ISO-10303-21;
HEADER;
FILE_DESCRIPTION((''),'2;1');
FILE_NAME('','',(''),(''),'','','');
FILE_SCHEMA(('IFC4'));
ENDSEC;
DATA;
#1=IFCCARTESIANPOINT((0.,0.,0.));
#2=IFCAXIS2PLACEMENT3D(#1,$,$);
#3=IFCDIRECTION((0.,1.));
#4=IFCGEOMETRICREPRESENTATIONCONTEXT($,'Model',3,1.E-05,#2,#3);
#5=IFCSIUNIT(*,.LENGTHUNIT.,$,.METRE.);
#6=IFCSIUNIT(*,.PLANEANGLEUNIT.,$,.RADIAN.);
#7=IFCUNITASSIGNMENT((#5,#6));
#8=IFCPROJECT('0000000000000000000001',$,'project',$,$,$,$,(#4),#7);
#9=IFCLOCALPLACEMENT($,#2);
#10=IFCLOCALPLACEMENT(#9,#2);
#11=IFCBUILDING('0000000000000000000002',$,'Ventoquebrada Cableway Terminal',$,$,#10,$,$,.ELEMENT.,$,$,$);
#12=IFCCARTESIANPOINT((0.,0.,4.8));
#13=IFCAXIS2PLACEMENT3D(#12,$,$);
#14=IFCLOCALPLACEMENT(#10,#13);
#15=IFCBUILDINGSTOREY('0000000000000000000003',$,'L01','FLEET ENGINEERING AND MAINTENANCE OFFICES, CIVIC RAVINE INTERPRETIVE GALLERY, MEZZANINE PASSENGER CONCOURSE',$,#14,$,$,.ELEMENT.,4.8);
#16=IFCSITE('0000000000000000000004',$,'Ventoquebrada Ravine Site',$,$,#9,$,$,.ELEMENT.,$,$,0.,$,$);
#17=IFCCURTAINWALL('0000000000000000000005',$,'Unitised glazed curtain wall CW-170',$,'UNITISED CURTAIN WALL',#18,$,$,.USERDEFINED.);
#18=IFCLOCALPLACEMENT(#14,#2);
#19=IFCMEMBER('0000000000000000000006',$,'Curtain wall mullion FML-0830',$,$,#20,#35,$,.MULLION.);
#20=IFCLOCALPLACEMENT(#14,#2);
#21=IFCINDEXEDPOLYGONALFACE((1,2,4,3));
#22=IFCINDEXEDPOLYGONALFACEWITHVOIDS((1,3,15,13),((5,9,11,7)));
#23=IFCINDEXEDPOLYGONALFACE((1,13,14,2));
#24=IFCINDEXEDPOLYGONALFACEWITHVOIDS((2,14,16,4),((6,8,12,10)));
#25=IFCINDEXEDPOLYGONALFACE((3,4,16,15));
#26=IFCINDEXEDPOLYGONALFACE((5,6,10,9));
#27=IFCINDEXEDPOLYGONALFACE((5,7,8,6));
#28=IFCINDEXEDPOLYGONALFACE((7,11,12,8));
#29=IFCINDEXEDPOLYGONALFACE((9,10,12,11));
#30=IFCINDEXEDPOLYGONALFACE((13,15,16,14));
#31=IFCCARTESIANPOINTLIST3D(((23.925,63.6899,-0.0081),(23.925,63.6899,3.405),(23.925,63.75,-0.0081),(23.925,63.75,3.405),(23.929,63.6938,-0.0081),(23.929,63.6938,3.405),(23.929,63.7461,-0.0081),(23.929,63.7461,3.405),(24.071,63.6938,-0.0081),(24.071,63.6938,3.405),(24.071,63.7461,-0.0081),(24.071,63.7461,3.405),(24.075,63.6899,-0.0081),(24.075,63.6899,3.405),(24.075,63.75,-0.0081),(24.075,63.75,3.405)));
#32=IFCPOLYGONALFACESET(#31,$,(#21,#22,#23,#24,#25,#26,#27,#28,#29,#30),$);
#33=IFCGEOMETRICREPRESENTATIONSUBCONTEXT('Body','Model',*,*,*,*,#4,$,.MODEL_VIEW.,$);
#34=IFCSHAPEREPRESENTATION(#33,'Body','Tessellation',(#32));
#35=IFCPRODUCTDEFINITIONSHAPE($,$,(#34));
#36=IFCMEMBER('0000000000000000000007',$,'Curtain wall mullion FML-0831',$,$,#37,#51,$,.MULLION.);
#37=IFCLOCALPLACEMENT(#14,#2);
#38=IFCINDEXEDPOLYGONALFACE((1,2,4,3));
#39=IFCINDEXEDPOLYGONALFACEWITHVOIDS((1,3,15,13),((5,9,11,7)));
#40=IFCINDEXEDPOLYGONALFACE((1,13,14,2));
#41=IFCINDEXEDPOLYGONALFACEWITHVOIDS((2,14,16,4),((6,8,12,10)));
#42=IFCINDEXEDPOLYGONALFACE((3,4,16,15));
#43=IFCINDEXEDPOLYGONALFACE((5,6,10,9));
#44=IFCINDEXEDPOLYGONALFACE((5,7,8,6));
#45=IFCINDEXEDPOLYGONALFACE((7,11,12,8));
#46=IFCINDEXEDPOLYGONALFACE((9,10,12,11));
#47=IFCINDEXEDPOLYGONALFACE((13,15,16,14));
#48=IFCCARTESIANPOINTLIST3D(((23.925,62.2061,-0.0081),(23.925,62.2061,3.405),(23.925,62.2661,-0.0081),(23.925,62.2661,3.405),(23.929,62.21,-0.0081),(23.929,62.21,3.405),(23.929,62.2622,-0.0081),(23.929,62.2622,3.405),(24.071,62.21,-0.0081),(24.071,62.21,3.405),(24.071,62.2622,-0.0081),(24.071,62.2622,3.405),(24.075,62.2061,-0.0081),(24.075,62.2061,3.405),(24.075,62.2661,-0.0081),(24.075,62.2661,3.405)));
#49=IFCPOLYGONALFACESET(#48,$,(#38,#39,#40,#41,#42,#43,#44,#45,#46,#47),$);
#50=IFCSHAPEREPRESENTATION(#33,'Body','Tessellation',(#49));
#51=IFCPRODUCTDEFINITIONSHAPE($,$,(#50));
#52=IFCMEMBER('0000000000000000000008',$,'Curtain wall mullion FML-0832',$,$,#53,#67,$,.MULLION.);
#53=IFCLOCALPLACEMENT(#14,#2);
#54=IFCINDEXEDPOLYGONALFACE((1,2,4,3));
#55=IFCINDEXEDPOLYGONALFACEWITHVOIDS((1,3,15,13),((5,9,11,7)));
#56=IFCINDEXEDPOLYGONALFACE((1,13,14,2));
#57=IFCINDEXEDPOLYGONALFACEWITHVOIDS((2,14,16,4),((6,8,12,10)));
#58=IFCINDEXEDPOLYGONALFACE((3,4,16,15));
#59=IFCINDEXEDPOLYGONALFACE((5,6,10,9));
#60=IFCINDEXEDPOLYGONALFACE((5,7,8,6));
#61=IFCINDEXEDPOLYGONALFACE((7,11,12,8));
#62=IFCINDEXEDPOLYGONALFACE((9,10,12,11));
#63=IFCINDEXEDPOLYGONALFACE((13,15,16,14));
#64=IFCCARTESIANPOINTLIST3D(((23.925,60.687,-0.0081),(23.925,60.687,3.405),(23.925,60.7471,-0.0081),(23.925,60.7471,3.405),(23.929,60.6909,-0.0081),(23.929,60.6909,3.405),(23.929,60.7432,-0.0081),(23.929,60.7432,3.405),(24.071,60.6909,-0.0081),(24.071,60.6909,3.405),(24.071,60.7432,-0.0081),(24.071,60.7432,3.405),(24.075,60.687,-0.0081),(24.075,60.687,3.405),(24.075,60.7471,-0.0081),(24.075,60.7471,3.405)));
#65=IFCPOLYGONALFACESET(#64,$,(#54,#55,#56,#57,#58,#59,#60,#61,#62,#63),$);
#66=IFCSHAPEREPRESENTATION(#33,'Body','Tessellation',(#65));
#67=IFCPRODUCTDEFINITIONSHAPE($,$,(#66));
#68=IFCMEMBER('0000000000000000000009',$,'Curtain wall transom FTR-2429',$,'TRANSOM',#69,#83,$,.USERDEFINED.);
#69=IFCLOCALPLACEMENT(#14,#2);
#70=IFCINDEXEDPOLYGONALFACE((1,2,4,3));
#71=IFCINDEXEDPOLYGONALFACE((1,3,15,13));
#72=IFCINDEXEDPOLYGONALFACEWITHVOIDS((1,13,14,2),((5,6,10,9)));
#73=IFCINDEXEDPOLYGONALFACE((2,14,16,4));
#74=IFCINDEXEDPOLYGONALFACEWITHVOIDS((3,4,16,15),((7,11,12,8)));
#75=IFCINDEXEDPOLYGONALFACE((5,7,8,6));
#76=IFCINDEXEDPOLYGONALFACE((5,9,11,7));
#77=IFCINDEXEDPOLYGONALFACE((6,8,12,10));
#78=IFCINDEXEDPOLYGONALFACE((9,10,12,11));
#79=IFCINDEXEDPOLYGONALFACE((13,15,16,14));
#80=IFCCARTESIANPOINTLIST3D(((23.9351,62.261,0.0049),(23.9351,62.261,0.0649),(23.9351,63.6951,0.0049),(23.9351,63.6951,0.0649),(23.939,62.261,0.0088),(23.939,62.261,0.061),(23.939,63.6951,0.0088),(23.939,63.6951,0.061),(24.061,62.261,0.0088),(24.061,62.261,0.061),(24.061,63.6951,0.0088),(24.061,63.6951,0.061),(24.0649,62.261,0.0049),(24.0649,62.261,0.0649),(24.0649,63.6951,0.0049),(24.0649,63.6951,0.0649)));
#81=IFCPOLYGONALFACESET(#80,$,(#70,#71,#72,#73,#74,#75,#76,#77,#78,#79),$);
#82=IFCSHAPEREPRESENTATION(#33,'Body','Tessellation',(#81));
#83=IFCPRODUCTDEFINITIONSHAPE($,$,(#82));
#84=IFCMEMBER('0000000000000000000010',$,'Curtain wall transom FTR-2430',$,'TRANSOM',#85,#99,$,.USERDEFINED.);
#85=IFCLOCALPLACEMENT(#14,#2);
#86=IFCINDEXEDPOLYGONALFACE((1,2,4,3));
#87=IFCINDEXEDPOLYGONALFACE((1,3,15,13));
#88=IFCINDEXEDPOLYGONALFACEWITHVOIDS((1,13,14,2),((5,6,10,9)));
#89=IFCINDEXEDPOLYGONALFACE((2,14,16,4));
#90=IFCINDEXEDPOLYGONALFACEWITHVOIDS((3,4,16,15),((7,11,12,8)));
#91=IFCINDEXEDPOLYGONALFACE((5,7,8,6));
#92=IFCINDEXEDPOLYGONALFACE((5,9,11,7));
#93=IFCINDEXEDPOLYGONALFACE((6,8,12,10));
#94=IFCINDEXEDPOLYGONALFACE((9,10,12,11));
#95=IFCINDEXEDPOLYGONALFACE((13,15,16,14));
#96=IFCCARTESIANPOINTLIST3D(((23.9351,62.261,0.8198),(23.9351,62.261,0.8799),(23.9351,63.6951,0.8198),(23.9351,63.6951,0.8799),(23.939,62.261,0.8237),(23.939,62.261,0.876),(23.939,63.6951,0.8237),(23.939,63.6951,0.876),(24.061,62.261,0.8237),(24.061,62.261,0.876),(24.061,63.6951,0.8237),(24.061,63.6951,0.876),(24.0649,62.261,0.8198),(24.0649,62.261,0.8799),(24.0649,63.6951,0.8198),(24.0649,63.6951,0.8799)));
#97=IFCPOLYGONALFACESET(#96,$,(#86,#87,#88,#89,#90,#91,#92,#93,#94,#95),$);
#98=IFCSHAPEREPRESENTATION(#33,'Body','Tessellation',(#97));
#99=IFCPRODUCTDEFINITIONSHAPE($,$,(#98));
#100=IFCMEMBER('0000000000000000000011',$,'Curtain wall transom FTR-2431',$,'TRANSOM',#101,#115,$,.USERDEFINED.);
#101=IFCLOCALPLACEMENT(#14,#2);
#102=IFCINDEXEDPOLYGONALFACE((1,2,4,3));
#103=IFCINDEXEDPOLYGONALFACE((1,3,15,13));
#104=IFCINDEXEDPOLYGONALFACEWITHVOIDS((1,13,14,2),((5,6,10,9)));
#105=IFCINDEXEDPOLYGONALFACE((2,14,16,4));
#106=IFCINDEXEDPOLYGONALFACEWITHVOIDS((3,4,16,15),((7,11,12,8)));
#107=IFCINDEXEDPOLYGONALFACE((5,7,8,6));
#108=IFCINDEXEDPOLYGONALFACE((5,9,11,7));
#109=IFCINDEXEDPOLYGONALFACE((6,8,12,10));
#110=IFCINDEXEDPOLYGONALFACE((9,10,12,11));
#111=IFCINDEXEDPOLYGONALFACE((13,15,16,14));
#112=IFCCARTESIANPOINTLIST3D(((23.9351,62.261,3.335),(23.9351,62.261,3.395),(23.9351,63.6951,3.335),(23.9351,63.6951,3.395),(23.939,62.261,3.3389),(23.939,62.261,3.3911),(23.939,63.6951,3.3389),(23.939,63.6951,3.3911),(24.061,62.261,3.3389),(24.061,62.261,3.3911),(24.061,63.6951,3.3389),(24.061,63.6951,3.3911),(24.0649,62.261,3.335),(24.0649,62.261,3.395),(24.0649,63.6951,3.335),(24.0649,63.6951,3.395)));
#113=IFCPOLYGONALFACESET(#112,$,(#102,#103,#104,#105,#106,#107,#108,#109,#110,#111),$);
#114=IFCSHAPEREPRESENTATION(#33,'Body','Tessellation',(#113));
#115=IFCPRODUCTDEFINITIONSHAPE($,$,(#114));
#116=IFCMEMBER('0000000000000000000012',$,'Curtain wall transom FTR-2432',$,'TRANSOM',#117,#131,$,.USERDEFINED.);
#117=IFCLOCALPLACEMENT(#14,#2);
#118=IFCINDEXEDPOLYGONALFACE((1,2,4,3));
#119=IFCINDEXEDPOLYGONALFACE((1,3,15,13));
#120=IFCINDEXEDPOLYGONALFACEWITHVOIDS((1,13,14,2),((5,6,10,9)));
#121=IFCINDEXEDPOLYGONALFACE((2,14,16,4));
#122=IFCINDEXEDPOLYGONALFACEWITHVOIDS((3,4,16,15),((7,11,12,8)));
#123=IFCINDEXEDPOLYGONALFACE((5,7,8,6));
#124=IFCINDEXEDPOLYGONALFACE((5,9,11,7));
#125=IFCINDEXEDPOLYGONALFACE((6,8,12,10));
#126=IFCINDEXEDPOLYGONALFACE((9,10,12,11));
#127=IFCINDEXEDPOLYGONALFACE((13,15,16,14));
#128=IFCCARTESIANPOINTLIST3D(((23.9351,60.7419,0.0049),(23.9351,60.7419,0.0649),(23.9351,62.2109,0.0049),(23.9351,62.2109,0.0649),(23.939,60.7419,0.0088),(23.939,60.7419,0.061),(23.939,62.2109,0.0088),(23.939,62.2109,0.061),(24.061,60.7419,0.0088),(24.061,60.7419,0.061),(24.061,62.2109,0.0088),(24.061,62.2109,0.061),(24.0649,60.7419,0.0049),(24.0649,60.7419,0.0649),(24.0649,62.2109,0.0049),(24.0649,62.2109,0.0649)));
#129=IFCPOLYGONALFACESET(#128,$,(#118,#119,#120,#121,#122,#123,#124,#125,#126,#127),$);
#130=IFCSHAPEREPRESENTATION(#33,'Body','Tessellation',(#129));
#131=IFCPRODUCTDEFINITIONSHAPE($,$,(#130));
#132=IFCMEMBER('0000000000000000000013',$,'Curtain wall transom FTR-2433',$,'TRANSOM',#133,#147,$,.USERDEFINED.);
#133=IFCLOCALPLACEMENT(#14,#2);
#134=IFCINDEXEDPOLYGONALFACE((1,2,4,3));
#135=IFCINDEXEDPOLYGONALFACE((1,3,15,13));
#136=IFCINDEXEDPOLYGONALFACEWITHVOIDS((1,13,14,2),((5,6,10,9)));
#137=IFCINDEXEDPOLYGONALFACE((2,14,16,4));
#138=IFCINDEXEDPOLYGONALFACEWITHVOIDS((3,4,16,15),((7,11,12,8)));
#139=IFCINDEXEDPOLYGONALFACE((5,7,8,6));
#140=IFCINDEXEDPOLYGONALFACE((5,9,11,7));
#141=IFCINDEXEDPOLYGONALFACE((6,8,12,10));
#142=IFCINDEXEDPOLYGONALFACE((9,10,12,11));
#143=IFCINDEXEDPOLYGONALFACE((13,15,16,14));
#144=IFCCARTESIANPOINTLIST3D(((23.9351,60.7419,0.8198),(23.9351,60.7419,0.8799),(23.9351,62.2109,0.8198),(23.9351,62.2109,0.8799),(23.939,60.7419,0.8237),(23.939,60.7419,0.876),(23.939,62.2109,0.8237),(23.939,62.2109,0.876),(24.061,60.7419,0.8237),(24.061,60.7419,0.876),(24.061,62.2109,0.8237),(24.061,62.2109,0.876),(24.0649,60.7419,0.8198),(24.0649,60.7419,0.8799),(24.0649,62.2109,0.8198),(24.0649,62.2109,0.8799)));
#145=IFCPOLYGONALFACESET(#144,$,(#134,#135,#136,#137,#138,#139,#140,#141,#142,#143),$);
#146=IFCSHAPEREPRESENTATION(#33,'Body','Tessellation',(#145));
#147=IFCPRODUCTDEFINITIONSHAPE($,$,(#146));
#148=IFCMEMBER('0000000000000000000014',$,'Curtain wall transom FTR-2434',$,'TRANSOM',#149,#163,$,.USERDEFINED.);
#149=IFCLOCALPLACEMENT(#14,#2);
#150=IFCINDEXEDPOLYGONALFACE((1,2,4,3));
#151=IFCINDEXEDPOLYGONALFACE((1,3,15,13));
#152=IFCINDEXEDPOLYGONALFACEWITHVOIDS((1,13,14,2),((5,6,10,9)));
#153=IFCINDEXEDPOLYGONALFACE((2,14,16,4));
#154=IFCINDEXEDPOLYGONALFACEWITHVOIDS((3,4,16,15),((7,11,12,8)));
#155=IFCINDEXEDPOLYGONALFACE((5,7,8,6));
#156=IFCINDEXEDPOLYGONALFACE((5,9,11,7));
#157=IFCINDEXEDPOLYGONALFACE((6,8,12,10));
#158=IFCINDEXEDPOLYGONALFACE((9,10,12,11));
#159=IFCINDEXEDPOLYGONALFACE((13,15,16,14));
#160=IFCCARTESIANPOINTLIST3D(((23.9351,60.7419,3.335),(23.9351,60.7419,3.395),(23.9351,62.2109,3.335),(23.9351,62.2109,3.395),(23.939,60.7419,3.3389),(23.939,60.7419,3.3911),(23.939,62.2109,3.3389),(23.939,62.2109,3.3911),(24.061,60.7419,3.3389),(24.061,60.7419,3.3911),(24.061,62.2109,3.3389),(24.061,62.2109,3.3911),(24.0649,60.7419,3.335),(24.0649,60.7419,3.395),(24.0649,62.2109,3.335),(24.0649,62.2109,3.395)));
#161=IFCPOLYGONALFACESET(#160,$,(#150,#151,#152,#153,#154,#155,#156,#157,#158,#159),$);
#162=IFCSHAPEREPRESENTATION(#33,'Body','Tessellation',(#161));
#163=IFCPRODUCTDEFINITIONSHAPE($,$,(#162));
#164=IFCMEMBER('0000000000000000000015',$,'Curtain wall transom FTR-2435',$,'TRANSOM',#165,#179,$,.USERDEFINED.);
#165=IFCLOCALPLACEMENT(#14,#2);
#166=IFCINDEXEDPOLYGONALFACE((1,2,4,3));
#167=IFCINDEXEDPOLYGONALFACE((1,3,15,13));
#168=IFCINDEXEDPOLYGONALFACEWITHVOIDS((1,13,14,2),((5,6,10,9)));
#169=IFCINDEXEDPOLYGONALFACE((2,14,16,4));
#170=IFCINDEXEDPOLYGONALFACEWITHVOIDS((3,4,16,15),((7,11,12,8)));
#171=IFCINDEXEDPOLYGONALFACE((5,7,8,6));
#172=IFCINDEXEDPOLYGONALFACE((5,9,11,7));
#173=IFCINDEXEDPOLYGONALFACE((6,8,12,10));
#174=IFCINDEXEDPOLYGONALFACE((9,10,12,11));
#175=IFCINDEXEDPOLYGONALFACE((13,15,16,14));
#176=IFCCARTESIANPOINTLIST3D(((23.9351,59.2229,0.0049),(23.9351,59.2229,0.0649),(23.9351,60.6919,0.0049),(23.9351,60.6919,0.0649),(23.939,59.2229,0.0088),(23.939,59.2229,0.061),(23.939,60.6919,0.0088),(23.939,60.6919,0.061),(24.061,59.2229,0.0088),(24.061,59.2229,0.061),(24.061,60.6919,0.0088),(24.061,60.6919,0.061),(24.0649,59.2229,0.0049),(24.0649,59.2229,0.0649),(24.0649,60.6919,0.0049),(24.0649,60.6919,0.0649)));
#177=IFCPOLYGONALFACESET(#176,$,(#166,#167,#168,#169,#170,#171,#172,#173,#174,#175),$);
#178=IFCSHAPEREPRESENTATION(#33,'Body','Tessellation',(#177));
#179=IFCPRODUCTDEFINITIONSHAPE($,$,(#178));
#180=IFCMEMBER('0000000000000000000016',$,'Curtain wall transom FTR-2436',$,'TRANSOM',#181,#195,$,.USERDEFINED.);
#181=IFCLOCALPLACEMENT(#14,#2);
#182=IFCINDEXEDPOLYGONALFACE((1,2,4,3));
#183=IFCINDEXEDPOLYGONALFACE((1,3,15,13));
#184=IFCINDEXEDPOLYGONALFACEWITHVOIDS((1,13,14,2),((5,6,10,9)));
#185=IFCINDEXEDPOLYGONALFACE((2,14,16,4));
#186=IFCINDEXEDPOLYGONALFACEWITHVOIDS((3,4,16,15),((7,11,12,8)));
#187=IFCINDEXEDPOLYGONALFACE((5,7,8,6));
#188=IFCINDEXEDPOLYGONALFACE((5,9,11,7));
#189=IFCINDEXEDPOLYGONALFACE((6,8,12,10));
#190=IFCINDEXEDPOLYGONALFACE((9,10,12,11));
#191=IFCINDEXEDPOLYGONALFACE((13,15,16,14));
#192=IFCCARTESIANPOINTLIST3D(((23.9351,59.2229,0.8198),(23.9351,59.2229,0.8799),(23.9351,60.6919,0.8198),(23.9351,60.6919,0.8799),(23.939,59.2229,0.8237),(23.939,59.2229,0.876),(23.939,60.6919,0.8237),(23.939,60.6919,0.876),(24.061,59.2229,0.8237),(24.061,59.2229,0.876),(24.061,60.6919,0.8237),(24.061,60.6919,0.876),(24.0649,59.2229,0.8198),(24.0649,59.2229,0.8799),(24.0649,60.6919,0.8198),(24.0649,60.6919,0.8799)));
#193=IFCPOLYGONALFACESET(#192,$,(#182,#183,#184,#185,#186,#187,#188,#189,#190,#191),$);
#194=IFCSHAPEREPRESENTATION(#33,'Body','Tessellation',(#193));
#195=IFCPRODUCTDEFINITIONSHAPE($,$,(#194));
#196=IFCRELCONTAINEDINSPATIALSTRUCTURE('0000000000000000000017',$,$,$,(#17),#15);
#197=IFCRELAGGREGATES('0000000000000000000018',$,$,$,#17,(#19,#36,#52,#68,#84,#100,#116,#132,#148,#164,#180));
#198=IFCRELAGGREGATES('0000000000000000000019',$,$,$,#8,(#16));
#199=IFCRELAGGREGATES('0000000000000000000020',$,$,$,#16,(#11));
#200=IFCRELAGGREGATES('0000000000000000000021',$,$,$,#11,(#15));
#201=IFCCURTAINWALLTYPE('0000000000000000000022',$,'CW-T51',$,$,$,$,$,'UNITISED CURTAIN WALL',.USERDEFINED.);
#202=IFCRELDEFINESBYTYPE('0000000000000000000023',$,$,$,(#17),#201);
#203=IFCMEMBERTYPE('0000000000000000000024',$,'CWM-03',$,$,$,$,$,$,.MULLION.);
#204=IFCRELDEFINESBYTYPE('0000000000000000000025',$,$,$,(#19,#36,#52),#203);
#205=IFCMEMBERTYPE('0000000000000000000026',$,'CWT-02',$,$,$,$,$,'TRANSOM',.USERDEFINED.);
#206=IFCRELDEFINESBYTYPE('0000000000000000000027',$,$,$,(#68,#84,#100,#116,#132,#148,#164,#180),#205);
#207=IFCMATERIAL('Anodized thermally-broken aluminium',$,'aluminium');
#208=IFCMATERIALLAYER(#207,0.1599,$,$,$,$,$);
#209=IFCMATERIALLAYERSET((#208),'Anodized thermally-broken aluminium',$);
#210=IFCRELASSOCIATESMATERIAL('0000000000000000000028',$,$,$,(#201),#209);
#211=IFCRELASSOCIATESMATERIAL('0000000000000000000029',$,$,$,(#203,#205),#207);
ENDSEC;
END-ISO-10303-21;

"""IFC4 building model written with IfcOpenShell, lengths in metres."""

from ifc_helpers import new_model, si_unit, direction, frame, origin, origin_2d, place, context, subcontext, project, spatial, hollow_rectangle, extrude, material, layer, layer_set, material_profile, profile_set, type_object, element, aggregate, save


model = new_model("IFC4")

# Units and contexts
model_context = context("Model", 3, precision=1e-05, world=origin(), true_north=direction((0.0, 1.0)))
body_context = subcontext(model_context, "Body", "Model", "MODEL_VIEW")
ifc_project = project(units=[si_unit("LENGTHUNIT", "METRE"), si_unit("PLANEANGLEUNIT", "RADIAN")], contexts=[model_context])

# Site, building, storey
site_placement = place(None, origin())
site = spatial("IfcSite", under=ifc_project, at=site_placement, Name="Ventoquebrada Ravine Site", CompositionType="ELEMENT", RefElevation=0.0)
building_placement = place(site_placement, origin())
building = spatial("IfcBuilding", under=site, at=building_placement, Name="Ventoquebrada Cableway Terminal", CompositionType="ELEMENT")
storey_placement = place(building_placement, frame((0.0, 0.0, 4.8)))
storey = spatial("IfcBuildingStorey", under=building, at=storey_placement, Name="L01", Description="FLEET ENGINEERING AND MAINTENANCE OFFICES, CIVIC RAVINE INTERPRETIVE GALLERY, MEZZANINE PASSENGER CONCOURSE", CompositionType="ELEMENT", Elevation=4.8)

# Curtain wall, members
ifc_material_1 = material(Name="Anodized thermally-broken aluminium", Category="aluminium")
ifc_layer_1 = layer(ifc_material_1, 0.1599)
ifc_layer_set_1 = layer_set([ifc_layer_1], Name="Anodized thermally-broken aluminium")
curtain_wall_type = type_object("IfcCurtainWallType", Name="CW-T51", ElementType="UNITISED CURTAIN WALL", PredefinedType="USERDEFINED", material=ifc_layer_set_1)
curtain_wall_placement = place(storey_placement, origin())
curtain_wall = element("IfcCurtainWall", 1, at=curtain_wall_placement, inside=storey, type_object=curtain_wall_type, Name="Unitised glazed curtain wall CW-170", ObjectType="UNITISED CURTAIN WALL", PredefinedType="USERDEFINED")
ifc_material_profile_1 = material_profile(ifc_material_1, hollow_rectangle(XDim=0.0601, YDim=0.1499, WallThickness=0.0039, at=origin_2d()), Name="CW-MUL-60X150")
ifc_profile_set_1 = profile_set([ifc_material_profile_1], Name="Anodized thermally-broken aluminium")
member_type_1 = type_object("IfcMemberType", Name="CWM-03", PredefinedType="MULLION", material=ifc_profile_set_1)
member_1_placement = place(storey_placement, frame((24.0, 63.72, -0.0081), z_axis=(0.0, 0.0, 1.0), x_axis=(0.0, -1.0, 0.0)))
member_1 = element("IfcMember", 2, at=member_1_placement, type_object=member_type_1, Name="Curtain wall mullion FML-0830", PredefinedType="MULLION", context=body_context, shape_type="SweptSolid", body=[
    extrude(hollow_rectangle(XDim=0.0601, YDim=0.1499, WallThickness=0.0039, at=origin_2d()), origin(), (0.0, 0.0, 1.0), 3.4131),
])
member_2_placement = place(storey_placement, frame((24.0, 62.2361, -0.0081), z_axis=(0.0, 0.0, 1.0), x_axis=(0.0, -1.0, 0.0)))
member_2 = element("IfcMember", 3, at=member_2_placement, type_object=member_type_1, Name="Curtain wall mullion FML-0831", PredefinedType="MULLION", context=body_context, shape_type="SweptSolid", body=[
    extrude(hollow_rectangle(XDim=0.0601, YDim=0.1499, WallThickness=0.0039, at=origin_2d()), origin(), (0.0, 0.0, 1.0), 3.4131),
])
member_3_placement = place(storey_placement, frame((24.0, 60.717, -0.0081), z_axis=(0.0, 0.0, 1.0), x_axis=(0.0, -1.0, 0.0)))
member_3 = element("IfcMember", 4, at=member_3_placement, type_object=member_type_1, Name="Curtain wall mullion FML-0832", PredefinedType="MULLION", context=body_context, shape_type="SweptSolid", body=[
    extrude(hollow_rectangle(XDim=0.0601, YDim=0.1499, WallThickness=0.0039, at=origin_2d()), origin(), (0.0, 0.0, 1.0), 3.4131),
])
ifc_material_profile_2 = material_profile(ifc_material_1, hollow_rectangle(XDim=0.0601, YDim=0.1299, WallThickness=0.0039, at=origin_2d()), Name="CW-TRN-60X130")
ifc_profile_set_2 = profile_set([ifc_material_profile_2], Name="Anodized thermally-broken aluminium")
member_type_2 = type_object("IfcMemberType", Name="CWT-02", ElementType="TRANSOM", PredefinedType="USERDEFINED", material=ifc_profile_set_2)
member_4_placement = place(storey_placement, frame((24.0, 63.6951, 0.0349), z_axis=(0.0, -1.0, 0.0), x_axis=(0.0, 0.0, 1.0)))
member_4 = element("IfcMember", 5, at=member_4_placement, type_object=member_type_2, Name="Curtain wall transom FTR-2429", ObjectType="TRANSOM", PredefinedType="USERDEFINED", context=body_context, shape_type="SweptSolid", body=[
    extrude(hollow_rectangle(XDim=0.0601, YDim=0.1299, WallThickness=0.0039, at=origin_2d()), origin(), (0.0, 0.0, 1.0), 1.4341),
])
member_5_placement = place(storey_placement, frame((24.0, 63.6951, 0.8499), z_axis=(0.0, -1.0, 0.0), x_axis=(0.0, 0.0, 1.0)))
member_5 = element("IfcMember", 6, at=member_5_placement, type_object=member_type_2, Name="Curtain wall transom FTR-2430", ObjectType="TRANSOM", PredefinedType="USERDEFINED", context=body_context, shape_type="SweptSolid", body=[
    extrude(hollow_rectangle(XDim=0.0601, YDim=0.1299, WallThickness=0.0039, at=origin_2d()), origin(), (0.0, 0.0, 1.0), 1.4341),
])
member_6_placement = place(storey_placement, frame((24.0, 63.6951, 3.365), z_axis=(0.0, -1.0, 0.0), x_axis=(0.0, 0.0, 1.0)))
member_6 = element("IfcMember", 7, at=member_6_placement, type_object=member_type_2, Name="Curtain wall transom FTR-2431", ObjectType="TRANSOM", PredefinedType="USERDEFINED", context=body_context, shape_type="SweptSolid", body=[
    extrude(hollow_rectangle(XDim=0.0601, YDim=0.1299, WallThickness=0.0039, at=origin_2d()), origin(), (0.0, 0.0, 1.0), 1.4341),
])
member_7_placement = place(storey_placement, frame((24.0, 62.2109, 0.0349), z_axis=(0.0, -1.0, 0.0), x_axis=(0.0, 0.0, 1.0)))
member_7 = element("IfcMember", 8, at=member_7_placement, type_object=member_type_2, Name="Curtain wall transom FTR-2432", ObjectType="TRANSOM", PredefinedType="USERDEFINED", context=body_context, shape_type="SweptSolid", body=[
    extrude(hollow_rectangle(XDim=0.0601, YDim=0.1299, WallThickness=0.0039, at=origin_2d()), origin(), (0.0, 0.0, 1.0), 1.469),
])
member_8_placement = place(storey_placement, frame((24.0, 62.2109, 0.8499), z_axis=(0.0, -1.0, 0.0), x_axis=(0.0, 0.0, 1.0)))
member_8 = element("IfcMember", 9, at=member_8_placement, type_object=member_type_2, Name="Curtain wall transom FTR-2433", ObjectType="TRANSOM", PredefinedType="USERDEFINED", context=body_context, shape_type="SweptSolid", body=[
    extrude(hollow_rectangle(XDim=0.0601, YDim=0.1299, WallThickness=0.0039, at=origin_2d()), origin(), (0.0, 0.0, 1.0), 1.469),
])
member_9_placement = place(storey_placement, frame((24.0, 62.2109, 3.365), z_axis=(0.0, -1.0, 0.0), x_axis=(0.0, 0.0, 1.0)))
member_9 = element("IfcMember", 10, at=member_9_placement, type_object=member_type_2, Name="Curtain wall transom FTR-2434", ObjectType="TRANSOM", PredefinedType="USERDEFINED", context=body_context, shape_type="SweptSolid", body=[
    extrude(hollow_rectangle(XDim=0.0601, YDim=0.1299, WallThickness=0.0039, at=origin_2d()), origin(), (0.0, 0.0, 1.0), 1.469),
])
member_10_placement = place(storey_placement, frame((24.0, 60.6919, 0.0349), z_axis=(0.0, -1.0, 0.0), x_axis=(0.0, 0.0, 1.0)))
member_10 = element("IfcMember", 11, at=member_10_placement, type_object=member_type_2, Name="Curtain wall transom FTR-2435", ObjectType="TRANSOM", PredefinedType="USERDEFINED", context=body_context, shape_type="SweptSolid", body=[
    extrude(hollow_rectangle(XDim=0.0601, YDim=0.1299, WallThickness=0.0039, at=origin_2d()), origin(), (0.0, 0.0, 1.0), 1.469),
])
member_11_placement = place(storey_placement, frame((24.0, 60.6919, 0.8499), z_axis=(0.0, -1.0, 0.0), x_axis=(0.0, 0.0, 1.0)))
member_11 = element("IfcMember", 12, at=member_11_placement, type_object=member_type_2, Name="Curtain wall transom FTR-2436", ObjectType="TRANSOM", PredefinedType="USERDEFINED", context=body_context, shape_type="SweptSolid", body=[
    extrude(hollow_rectangle(XDim=0.0601, YDim=0.1299, WallThickness=0.0039, at=origin_2d()), origin(), (0.0, 0.0, 1.0), 1.469),
])
aggregate(curtain_wall, [member_1, member_2, member_3, member_4, member_5, member_6, member_7, member_8, member_9, member_10, member_11])

save(model, "model.ifc")
